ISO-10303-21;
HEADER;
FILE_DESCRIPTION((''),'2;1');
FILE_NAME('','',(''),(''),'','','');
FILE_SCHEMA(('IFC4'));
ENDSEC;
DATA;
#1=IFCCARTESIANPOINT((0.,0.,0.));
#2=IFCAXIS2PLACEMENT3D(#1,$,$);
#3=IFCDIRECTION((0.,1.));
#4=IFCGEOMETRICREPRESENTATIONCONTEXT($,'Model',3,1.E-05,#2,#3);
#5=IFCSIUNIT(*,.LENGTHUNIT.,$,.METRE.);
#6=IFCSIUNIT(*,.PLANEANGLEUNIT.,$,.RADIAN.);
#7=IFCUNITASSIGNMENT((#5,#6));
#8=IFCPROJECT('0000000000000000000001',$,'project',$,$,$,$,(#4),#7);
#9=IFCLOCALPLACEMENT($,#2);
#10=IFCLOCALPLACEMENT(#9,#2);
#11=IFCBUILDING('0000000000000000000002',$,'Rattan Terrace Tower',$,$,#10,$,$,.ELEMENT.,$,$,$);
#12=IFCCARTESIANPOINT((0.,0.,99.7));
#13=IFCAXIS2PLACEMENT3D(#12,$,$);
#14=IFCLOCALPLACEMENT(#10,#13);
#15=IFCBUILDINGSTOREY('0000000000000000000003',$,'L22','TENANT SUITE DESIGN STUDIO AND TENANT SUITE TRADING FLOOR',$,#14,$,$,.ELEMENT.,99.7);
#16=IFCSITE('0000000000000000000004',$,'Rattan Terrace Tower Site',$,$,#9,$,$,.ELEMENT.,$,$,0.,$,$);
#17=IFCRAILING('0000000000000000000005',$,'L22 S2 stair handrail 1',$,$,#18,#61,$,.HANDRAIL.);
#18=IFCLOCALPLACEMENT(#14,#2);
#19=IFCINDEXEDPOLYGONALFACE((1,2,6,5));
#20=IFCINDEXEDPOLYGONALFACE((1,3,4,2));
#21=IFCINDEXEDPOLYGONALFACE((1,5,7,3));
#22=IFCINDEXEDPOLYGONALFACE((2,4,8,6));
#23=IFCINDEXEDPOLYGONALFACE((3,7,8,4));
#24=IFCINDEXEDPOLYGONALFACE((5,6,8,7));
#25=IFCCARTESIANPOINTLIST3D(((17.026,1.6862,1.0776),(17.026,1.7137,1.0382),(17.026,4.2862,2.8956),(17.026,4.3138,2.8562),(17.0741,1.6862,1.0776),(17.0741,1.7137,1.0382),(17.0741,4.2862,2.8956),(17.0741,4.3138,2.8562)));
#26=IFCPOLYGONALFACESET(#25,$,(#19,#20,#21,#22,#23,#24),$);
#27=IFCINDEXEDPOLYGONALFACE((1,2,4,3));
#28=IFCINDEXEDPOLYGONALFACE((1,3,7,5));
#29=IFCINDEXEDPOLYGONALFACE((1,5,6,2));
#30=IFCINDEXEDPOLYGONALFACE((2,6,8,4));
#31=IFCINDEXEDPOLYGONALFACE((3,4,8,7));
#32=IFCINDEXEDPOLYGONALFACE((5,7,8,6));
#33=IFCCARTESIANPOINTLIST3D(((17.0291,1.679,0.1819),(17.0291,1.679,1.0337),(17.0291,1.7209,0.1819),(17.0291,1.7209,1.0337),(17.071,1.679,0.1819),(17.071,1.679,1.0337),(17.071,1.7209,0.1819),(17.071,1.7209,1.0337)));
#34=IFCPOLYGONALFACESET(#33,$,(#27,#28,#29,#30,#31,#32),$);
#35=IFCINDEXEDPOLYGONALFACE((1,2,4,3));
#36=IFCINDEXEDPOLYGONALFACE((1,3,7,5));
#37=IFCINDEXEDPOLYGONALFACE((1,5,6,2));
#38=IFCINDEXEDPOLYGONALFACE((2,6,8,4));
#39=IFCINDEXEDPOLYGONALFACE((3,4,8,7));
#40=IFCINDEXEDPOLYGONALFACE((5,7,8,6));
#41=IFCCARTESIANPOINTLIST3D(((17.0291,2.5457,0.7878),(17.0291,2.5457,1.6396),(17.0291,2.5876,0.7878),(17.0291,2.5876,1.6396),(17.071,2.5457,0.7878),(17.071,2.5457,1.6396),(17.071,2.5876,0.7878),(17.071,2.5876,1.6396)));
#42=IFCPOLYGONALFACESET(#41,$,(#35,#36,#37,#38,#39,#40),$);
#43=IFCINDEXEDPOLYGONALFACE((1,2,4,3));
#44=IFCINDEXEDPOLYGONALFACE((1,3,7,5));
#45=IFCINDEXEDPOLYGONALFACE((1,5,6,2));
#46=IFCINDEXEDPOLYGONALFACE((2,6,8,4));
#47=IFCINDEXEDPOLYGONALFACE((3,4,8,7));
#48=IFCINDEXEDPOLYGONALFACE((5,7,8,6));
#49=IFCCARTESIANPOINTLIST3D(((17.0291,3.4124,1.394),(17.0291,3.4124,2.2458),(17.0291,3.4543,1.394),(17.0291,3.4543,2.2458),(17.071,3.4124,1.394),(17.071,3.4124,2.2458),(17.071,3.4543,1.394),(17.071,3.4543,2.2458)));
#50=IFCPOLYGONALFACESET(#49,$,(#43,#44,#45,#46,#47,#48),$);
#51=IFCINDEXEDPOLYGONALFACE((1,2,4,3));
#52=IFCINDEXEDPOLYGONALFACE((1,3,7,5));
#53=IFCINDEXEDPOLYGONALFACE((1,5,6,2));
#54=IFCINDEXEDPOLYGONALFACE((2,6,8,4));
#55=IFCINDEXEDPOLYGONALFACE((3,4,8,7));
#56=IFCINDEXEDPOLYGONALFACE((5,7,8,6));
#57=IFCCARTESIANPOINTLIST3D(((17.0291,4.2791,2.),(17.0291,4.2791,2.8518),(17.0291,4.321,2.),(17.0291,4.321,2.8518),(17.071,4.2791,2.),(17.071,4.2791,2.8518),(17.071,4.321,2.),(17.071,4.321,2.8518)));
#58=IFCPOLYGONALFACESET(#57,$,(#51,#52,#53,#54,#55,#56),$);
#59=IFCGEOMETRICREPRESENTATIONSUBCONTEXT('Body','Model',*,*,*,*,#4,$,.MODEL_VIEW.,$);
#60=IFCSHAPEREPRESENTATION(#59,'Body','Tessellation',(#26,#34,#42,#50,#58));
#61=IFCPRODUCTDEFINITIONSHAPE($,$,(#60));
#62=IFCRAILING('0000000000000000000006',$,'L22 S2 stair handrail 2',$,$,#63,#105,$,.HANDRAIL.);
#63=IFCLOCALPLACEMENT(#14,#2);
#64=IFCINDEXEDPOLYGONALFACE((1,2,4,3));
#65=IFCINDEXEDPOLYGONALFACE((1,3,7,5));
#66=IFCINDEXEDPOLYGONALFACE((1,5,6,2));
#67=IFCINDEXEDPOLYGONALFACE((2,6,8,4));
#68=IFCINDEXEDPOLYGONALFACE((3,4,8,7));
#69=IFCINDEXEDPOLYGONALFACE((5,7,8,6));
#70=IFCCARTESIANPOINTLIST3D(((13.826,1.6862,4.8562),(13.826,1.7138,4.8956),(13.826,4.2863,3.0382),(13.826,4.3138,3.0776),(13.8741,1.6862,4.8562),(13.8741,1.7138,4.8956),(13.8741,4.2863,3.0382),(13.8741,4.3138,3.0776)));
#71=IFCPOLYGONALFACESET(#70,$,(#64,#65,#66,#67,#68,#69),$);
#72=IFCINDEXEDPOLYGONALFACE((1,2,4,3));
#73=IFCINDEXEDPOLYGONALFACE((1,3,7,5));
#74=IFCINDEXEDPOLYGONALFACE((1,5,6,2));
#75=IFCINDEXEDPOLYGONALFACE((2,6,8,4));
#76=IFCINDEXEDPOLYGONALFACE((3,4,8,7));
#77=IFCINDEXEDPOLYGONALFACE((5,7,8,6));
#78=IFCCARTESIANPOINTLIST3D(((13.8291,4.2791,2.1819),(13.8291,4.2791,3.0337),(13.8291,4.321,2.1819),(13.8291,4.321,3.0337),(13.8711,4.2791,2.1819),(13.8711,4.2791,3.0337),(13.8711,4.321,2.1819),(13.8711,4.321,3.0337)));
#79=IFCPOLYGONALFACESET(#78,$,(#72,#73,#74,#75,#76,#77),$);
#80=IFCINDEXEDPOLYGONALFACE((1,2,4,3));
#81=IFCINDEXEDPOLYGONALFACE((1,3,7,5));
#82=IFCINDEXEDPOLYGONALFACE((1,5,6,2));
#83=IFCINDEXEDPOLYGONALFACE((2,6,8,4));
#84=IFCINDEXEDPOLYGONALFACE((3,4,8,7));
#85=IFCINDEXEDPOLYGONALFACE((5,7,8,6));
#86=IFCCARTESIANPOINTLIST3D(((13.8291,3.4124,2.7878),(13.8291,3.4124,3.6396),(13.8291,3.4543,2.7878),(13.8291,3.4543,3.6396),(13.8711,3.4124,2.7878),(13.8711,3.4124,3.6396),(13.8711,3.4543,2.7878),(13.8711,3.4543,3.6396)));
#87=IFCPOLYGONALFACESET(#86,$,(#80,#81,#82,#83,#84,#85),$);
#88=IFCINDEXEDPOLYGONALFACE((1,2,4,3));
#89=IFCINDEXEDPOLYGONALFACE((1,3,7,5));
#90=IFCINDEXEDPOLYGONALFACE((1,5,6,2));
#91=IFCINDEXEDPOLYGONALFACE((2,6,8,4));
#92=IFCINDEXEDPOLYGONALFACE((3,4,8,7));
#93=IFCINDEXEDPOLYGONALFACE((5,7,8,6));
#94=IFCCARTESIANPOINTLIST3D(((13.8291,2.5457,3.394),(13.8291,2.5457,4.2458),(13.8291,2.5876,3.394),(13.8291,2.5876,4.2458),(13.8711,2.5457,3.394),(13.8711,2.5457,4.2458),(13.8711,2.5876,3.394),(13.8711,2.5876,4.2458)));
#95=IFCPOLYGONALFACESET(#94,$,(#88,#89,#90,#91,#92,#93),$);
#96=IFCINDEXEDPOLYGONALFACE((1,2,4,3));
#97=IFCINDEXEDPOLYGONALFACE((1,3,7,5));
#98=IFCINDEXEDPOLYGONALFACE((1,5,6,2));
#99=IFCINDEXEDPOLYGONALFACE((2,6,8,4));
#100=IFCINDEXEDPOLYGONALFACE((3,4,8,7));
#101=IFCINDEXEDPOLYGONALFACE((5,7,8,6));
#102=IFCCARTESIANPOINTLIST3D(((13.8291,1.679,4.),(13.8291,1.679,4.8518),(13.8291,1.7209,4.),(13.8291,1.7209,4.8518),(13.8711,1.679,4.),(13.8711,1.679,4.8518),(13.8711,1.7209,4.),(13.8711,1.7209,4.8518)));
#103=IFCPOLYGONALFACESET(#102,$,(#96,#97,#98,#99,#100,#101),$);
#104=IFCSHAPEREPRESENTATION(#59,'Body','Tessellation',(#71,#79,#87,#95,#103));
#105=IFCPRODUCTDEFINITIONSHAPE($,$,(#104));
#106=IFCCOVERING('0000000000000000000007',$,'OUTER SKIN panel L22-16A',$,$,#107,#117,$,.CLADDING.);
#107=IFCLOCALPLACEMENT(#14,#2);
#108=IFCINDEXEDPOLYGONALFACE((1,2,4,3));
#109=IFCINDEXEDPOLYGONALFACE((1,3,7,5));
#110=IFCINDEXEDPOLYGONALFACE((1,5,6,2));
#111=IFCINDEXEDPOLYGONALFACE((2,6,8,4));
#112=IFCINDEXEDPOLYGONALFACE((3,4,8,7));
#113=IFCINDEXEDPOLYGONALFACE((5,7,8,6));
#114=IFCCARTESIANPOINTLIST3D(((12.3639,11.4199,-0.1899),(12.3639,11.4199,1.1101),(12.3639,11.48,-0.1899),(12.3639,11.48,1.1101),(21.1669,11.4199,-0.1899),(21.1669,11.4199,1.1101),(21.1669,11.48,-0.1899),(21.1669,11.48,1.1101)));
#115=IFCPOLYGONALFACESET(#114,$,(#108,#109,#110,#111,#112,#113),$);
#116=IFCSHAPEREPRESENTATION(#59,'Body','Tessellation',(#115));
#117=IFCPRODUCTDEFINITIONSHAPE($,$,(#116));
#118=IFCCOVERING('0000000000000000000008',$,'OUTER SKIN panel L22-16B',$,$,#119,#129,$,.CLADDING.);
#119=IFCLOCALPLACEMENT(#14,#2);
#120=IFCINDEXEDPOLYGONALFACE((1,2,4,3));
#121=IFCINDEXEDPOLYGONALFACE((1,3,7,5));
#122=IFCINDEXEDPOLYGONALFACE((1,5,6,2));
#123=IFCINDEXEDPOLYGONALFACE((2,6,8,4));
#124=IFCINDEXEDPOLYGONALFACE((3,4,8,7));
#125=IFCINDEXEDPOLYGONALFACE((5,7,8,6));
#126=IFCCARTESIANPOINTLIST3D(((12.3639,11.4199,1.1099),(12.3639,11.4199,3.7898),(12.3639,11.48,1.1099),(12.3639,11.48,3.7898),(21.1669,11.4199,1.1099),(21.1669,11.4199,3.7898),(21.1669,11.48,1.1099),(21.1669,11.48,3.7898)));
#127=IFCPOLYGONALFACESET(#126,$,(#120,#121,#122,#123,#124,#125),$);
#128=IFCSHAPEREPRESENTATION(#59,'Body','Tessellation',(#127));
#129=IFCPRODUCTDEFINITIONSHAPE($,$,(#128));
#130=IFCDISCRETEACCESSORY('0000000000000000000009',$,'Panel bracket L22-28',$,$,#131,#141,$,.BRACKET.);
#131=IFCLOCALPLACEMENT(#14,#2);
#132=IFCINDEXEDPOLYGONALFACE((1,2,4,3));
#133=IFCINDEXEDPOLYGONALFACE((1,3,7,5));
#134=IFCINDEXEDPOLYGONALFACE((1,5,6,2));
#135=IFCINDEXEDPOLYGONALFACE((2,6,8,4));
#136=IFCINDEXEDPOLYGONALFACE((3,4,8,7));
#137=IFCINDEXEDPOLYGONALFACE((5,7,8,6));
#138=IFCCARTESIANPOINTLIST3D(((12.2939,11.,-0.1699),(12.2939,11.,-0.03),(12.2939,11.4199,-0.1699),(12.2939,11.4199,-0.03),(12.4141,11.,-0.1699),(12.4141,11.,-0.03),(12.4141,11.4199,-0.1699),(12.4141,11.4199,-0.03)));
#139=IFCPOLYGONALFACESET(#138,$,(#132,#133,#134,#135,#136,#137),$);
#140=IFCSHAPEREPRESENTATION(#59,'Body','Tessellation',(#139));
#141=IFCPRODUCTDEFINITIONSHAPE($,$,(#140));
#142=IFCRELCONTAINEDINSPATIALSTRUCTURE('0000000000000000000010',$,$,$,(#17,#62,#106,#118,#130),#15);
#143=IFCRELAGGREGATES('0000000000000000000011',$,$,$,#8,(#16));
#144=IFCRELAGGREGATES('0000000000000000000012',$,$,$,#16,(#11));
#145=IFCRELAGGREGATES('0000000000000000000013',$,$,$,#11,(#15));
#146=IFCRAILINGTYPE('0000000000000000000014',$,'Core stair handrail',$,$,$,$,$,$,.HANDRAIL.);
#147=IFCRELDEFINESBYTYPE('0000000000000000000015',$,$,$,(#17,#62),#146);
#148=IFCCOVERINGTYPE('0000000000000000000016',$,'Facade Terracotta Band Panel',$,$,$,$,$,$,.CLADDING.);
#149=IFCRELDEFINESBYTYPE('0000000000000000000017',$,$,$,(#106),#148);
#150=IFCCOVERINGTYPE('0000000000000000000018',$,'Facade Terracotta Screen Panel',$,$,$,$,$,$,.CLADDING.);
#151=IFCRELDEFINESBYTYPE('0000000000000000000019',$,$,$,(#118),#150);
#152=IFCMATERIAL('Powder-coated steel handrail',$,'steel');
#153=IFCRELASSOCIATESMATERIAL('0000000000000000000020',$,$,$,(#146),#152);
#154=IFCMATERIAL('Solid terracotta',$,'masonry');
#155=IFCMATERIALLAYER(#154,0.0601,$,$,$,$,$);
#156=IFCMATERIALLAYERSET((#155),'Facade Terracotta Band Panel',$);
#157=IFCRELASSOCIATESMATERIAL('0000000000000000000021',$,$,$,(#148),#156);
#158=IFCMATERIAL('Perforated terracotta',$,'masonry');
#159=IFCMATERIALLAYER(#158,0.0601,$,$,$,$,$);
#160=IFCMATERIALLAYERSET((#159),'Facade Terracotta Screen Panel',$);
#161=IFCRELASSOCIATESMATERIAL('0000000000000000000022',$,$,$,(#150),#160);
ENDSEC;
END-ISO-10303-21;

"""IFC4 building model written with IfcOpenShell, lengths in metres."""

from ifc_helpers import new_model, si_unit, direction, frame, origin, origin_2d, place, context, subcontext, project, spatial, rectangle, extrude, material, layer, layer_set, type_object, element, save


model = new_model("IFC4")

# Units and contexts
model_context = context("Model", 3, precision=1e-05, world=origin(), true_north=direction((0.0, 1.0)))
body_context = subcontext(model_context, "Body", "Model", "MODEL_VIEW")
ifc_project = project(units=[si_unit("LENGTHUNIT", "METRE"), si_unit("PLANEANGLEUNIT", "RADIAN")], contexts=[model_context])

# Site, building, storey
site_placement = place(None, origin())
site = spatial("IfcSite", under=ifc_project, at=site_placement, Name="Rattan Terrace Tower Site", CompositionType="ELEMENT", RefElevation=0.0)
building_placement = place(site_placement, origin())
building = spatial("IfcBuilding", under=site, at=building_placement, Name="Rattan Terrace Tower", CompositionType="ELEMENT")
storey_placement = place(building_placement, frame((0.0, 0.0, 99.7)))
storey = spatial("IfcBuildingStorey", under=building, at=storey_placement, Name="L22", Description="TENANT SUITE DESIGN STUDIO AND TENANT SUITE TRADING FLOOR", CompositionType="ELEMENT", Elevation=99.7)

# Railings
ifc_material_1 = material(Name="Powder-coated steel handrail", Category="steel")
railing_type_1 = type_object("IfcRailingType", Name="Core stair handrail", PredefinedType="HANDRAIL", material=ifc_material_1)
railing_1_placement = place(storey_placement, frame((17.05, 1.7, 0.1819)))
element("IfcRailing", 1, at=railing_1_placement, inside=storey, type_object=railing_type_1, Name="L22 S2 stair handrail 1", PredefinedType="HANDRAIL", context=body_context, shape_type="SweptSolid", body=[
    extrude(rectangle(XDim=0.0481, YDim=0.0481, at=origin_2d()), frame((0.0, 0.0, 0.876), z_axis=(0.0, 0.819521, 0.573049), x_axis=(-1.0, 0.0, 0.0)), (0.0, 0.0, 1.0), 3.1726),
    extrude(rectangle(XDim=0.042, YDim=0.042, at=origin_2d()), origin(), (0.0, 0.0, 1.0), 0.8518),
    extrude(rectangle(XDim=0.042, YDim=0.042, at=origin_2d()), frame((0.0, 0.8667, 0.606)), (0.0, 0.0, 1.0), 0.8518),
    extrude(rectangle(XDim=0.042, YDim=0.042, at=origin_2d()), frame((0.0, 1.7334, 1.2122)), (0.0, 0.0, 1.0), 0.8518),
    extrude(rectangle(XDim=0.042, YDim=0.042, at=origin_2d()), frame((0.0, 2.6001, 1.8181)), (0.0, 0.0, 1.0), 0.8518),
])
railing_2_placement = place(storey_placement, frame((13.8501, 4.3, 2.1819)))
element("IfcRailing", 2, at=railing_2_placement, inside=storey, type_object=railing_type_1, Name="L22 S2 stair handrail 2", PredefinedType="HANDRAIL", context=body_context, shape_type="SweptSolid", body=[
    extrude(rectangle(XDim=0.0481, YDim=0.0481, at=origin_2d()), frame((0.0, 0.0, 0.876), z_axis=(0.0, -0.819521, 0.573049), x_axis=(1.0, 0.0, 0.0)), (0.0, 0.0, 1.0), 3.1726),
    extrude(rectangle(XDim=0.042, YDim=0.042, at=origin_2d()), origin(), (0.0, 0.0, 1.0), 0.8518),
    extrude(rectangle(XDim=0.042, YDim=0.042, at=origin_2d()), frame((0.0, -0.8667, 0.606)), (0.0, 0.0, 1.0), 0.8518),
    extrude(rectangle(XDim=0.042, YDim=0.042, at=origin_2d()), frame((0.0, -1.7334, 1.2122)), (0.0, 0.0, 1.0), 0.8518),
    extrude(rectangle(XDim=0.042, YDim=0.042, at=origin_2d()), frame((0.0, -2.6001, 1.8181)), (0.0, 0.0, 1.0), 0.8518),
])

# Coverings
ifc_material_2 = material(Name="Solid terracotta", Category="masonry")
ifc_layer_1 = layer(ifc_material_2, 0.0601)
ifc_layer_set_1 = layer_set([ifc_layer_1], Name="Facade Terracotta Band Panel")
covering_type_1 = type_object("IfcCoveringType", Name="Facade Terracotta Band Panel", PredefinedType="CLADDING", material=ifc_layer_set_1)
covering_1_placement = place(storey_placement, frame((16.7654, 11.45, -0.1899), z_axis=(0.0, 0.0, 1.0), x_axis=(-1.0, 0.0, 0.0)))
element("IfcCovering", 3, at=covering_1_placement, inside=storey, type_object=covering_type_1, Name="OUTER SKIN panel L22-16A", PredefinedType="CLADDING", context=body_context, shape_type="SweptSolid", body=[
    extrude(rectangle(XDim=8.803, YDim=0.0601, at=origin_2d()), origin(), (0.0, 0.0, 1.0), 1.3),
])
ifc_material_3 = material(Name="Perforated terracotta", Category="masonry")
ifc_layer_2 = layer(ifc_material_3, 0.0601)
ifc_layer_set_2 = layer_set([ifc_layer_2], Name="Facade Terracotta Screen Panel")
covering_type_2 = type_object("IfcCoveringType", Name="Facade Terracotta Screen Panel", PredefinedType="CLADDING", material=ifc_layer_set_2)
covering_2_placement = place(storey_placement, frame((16.7654, 11.45, 1.1099), z_axis=(0.0, 0.0, 1.0), x_axis=(-1.0, 0.0, 0.0)))
element("IfcCovering", 4, at=covering_2_placement, inside=storey, type_object=covering_type_2, Name="OUTER SKIN panel L22-16B", PredefinedType="CLADDING", context=body_context, shape_type="SweptSolid", body=[
    extrude(rectangle(XDim=8.803, YDim=0.0601, at=origin_2d()), origin(), (0.0, 0.0, 1.0), 2.6799),
])

# Discrete accessory
discrete_accessory_placement = place(storey_placement, frame((12.354, 11.21, -0.1699), z_axis=(0.0, 0.0, 1.0), x_axis=(-1.0, 0.0, 0.0)))
element("IfcDiscreteAccessory", 5, at=discrete_accessory_placement, inside=storey, Name="Panel bracket L22-28", PredefinedType="BRACKET", context=body_context, shape_type="SweptSolid", body=[
    extrude(rectangle(XDim=0.1201, YDim=0.4199, at=origin_2d()), origin(), (0.0, 0.0, 1.0), 0.1399),
])

save(model, "model.ifc")
